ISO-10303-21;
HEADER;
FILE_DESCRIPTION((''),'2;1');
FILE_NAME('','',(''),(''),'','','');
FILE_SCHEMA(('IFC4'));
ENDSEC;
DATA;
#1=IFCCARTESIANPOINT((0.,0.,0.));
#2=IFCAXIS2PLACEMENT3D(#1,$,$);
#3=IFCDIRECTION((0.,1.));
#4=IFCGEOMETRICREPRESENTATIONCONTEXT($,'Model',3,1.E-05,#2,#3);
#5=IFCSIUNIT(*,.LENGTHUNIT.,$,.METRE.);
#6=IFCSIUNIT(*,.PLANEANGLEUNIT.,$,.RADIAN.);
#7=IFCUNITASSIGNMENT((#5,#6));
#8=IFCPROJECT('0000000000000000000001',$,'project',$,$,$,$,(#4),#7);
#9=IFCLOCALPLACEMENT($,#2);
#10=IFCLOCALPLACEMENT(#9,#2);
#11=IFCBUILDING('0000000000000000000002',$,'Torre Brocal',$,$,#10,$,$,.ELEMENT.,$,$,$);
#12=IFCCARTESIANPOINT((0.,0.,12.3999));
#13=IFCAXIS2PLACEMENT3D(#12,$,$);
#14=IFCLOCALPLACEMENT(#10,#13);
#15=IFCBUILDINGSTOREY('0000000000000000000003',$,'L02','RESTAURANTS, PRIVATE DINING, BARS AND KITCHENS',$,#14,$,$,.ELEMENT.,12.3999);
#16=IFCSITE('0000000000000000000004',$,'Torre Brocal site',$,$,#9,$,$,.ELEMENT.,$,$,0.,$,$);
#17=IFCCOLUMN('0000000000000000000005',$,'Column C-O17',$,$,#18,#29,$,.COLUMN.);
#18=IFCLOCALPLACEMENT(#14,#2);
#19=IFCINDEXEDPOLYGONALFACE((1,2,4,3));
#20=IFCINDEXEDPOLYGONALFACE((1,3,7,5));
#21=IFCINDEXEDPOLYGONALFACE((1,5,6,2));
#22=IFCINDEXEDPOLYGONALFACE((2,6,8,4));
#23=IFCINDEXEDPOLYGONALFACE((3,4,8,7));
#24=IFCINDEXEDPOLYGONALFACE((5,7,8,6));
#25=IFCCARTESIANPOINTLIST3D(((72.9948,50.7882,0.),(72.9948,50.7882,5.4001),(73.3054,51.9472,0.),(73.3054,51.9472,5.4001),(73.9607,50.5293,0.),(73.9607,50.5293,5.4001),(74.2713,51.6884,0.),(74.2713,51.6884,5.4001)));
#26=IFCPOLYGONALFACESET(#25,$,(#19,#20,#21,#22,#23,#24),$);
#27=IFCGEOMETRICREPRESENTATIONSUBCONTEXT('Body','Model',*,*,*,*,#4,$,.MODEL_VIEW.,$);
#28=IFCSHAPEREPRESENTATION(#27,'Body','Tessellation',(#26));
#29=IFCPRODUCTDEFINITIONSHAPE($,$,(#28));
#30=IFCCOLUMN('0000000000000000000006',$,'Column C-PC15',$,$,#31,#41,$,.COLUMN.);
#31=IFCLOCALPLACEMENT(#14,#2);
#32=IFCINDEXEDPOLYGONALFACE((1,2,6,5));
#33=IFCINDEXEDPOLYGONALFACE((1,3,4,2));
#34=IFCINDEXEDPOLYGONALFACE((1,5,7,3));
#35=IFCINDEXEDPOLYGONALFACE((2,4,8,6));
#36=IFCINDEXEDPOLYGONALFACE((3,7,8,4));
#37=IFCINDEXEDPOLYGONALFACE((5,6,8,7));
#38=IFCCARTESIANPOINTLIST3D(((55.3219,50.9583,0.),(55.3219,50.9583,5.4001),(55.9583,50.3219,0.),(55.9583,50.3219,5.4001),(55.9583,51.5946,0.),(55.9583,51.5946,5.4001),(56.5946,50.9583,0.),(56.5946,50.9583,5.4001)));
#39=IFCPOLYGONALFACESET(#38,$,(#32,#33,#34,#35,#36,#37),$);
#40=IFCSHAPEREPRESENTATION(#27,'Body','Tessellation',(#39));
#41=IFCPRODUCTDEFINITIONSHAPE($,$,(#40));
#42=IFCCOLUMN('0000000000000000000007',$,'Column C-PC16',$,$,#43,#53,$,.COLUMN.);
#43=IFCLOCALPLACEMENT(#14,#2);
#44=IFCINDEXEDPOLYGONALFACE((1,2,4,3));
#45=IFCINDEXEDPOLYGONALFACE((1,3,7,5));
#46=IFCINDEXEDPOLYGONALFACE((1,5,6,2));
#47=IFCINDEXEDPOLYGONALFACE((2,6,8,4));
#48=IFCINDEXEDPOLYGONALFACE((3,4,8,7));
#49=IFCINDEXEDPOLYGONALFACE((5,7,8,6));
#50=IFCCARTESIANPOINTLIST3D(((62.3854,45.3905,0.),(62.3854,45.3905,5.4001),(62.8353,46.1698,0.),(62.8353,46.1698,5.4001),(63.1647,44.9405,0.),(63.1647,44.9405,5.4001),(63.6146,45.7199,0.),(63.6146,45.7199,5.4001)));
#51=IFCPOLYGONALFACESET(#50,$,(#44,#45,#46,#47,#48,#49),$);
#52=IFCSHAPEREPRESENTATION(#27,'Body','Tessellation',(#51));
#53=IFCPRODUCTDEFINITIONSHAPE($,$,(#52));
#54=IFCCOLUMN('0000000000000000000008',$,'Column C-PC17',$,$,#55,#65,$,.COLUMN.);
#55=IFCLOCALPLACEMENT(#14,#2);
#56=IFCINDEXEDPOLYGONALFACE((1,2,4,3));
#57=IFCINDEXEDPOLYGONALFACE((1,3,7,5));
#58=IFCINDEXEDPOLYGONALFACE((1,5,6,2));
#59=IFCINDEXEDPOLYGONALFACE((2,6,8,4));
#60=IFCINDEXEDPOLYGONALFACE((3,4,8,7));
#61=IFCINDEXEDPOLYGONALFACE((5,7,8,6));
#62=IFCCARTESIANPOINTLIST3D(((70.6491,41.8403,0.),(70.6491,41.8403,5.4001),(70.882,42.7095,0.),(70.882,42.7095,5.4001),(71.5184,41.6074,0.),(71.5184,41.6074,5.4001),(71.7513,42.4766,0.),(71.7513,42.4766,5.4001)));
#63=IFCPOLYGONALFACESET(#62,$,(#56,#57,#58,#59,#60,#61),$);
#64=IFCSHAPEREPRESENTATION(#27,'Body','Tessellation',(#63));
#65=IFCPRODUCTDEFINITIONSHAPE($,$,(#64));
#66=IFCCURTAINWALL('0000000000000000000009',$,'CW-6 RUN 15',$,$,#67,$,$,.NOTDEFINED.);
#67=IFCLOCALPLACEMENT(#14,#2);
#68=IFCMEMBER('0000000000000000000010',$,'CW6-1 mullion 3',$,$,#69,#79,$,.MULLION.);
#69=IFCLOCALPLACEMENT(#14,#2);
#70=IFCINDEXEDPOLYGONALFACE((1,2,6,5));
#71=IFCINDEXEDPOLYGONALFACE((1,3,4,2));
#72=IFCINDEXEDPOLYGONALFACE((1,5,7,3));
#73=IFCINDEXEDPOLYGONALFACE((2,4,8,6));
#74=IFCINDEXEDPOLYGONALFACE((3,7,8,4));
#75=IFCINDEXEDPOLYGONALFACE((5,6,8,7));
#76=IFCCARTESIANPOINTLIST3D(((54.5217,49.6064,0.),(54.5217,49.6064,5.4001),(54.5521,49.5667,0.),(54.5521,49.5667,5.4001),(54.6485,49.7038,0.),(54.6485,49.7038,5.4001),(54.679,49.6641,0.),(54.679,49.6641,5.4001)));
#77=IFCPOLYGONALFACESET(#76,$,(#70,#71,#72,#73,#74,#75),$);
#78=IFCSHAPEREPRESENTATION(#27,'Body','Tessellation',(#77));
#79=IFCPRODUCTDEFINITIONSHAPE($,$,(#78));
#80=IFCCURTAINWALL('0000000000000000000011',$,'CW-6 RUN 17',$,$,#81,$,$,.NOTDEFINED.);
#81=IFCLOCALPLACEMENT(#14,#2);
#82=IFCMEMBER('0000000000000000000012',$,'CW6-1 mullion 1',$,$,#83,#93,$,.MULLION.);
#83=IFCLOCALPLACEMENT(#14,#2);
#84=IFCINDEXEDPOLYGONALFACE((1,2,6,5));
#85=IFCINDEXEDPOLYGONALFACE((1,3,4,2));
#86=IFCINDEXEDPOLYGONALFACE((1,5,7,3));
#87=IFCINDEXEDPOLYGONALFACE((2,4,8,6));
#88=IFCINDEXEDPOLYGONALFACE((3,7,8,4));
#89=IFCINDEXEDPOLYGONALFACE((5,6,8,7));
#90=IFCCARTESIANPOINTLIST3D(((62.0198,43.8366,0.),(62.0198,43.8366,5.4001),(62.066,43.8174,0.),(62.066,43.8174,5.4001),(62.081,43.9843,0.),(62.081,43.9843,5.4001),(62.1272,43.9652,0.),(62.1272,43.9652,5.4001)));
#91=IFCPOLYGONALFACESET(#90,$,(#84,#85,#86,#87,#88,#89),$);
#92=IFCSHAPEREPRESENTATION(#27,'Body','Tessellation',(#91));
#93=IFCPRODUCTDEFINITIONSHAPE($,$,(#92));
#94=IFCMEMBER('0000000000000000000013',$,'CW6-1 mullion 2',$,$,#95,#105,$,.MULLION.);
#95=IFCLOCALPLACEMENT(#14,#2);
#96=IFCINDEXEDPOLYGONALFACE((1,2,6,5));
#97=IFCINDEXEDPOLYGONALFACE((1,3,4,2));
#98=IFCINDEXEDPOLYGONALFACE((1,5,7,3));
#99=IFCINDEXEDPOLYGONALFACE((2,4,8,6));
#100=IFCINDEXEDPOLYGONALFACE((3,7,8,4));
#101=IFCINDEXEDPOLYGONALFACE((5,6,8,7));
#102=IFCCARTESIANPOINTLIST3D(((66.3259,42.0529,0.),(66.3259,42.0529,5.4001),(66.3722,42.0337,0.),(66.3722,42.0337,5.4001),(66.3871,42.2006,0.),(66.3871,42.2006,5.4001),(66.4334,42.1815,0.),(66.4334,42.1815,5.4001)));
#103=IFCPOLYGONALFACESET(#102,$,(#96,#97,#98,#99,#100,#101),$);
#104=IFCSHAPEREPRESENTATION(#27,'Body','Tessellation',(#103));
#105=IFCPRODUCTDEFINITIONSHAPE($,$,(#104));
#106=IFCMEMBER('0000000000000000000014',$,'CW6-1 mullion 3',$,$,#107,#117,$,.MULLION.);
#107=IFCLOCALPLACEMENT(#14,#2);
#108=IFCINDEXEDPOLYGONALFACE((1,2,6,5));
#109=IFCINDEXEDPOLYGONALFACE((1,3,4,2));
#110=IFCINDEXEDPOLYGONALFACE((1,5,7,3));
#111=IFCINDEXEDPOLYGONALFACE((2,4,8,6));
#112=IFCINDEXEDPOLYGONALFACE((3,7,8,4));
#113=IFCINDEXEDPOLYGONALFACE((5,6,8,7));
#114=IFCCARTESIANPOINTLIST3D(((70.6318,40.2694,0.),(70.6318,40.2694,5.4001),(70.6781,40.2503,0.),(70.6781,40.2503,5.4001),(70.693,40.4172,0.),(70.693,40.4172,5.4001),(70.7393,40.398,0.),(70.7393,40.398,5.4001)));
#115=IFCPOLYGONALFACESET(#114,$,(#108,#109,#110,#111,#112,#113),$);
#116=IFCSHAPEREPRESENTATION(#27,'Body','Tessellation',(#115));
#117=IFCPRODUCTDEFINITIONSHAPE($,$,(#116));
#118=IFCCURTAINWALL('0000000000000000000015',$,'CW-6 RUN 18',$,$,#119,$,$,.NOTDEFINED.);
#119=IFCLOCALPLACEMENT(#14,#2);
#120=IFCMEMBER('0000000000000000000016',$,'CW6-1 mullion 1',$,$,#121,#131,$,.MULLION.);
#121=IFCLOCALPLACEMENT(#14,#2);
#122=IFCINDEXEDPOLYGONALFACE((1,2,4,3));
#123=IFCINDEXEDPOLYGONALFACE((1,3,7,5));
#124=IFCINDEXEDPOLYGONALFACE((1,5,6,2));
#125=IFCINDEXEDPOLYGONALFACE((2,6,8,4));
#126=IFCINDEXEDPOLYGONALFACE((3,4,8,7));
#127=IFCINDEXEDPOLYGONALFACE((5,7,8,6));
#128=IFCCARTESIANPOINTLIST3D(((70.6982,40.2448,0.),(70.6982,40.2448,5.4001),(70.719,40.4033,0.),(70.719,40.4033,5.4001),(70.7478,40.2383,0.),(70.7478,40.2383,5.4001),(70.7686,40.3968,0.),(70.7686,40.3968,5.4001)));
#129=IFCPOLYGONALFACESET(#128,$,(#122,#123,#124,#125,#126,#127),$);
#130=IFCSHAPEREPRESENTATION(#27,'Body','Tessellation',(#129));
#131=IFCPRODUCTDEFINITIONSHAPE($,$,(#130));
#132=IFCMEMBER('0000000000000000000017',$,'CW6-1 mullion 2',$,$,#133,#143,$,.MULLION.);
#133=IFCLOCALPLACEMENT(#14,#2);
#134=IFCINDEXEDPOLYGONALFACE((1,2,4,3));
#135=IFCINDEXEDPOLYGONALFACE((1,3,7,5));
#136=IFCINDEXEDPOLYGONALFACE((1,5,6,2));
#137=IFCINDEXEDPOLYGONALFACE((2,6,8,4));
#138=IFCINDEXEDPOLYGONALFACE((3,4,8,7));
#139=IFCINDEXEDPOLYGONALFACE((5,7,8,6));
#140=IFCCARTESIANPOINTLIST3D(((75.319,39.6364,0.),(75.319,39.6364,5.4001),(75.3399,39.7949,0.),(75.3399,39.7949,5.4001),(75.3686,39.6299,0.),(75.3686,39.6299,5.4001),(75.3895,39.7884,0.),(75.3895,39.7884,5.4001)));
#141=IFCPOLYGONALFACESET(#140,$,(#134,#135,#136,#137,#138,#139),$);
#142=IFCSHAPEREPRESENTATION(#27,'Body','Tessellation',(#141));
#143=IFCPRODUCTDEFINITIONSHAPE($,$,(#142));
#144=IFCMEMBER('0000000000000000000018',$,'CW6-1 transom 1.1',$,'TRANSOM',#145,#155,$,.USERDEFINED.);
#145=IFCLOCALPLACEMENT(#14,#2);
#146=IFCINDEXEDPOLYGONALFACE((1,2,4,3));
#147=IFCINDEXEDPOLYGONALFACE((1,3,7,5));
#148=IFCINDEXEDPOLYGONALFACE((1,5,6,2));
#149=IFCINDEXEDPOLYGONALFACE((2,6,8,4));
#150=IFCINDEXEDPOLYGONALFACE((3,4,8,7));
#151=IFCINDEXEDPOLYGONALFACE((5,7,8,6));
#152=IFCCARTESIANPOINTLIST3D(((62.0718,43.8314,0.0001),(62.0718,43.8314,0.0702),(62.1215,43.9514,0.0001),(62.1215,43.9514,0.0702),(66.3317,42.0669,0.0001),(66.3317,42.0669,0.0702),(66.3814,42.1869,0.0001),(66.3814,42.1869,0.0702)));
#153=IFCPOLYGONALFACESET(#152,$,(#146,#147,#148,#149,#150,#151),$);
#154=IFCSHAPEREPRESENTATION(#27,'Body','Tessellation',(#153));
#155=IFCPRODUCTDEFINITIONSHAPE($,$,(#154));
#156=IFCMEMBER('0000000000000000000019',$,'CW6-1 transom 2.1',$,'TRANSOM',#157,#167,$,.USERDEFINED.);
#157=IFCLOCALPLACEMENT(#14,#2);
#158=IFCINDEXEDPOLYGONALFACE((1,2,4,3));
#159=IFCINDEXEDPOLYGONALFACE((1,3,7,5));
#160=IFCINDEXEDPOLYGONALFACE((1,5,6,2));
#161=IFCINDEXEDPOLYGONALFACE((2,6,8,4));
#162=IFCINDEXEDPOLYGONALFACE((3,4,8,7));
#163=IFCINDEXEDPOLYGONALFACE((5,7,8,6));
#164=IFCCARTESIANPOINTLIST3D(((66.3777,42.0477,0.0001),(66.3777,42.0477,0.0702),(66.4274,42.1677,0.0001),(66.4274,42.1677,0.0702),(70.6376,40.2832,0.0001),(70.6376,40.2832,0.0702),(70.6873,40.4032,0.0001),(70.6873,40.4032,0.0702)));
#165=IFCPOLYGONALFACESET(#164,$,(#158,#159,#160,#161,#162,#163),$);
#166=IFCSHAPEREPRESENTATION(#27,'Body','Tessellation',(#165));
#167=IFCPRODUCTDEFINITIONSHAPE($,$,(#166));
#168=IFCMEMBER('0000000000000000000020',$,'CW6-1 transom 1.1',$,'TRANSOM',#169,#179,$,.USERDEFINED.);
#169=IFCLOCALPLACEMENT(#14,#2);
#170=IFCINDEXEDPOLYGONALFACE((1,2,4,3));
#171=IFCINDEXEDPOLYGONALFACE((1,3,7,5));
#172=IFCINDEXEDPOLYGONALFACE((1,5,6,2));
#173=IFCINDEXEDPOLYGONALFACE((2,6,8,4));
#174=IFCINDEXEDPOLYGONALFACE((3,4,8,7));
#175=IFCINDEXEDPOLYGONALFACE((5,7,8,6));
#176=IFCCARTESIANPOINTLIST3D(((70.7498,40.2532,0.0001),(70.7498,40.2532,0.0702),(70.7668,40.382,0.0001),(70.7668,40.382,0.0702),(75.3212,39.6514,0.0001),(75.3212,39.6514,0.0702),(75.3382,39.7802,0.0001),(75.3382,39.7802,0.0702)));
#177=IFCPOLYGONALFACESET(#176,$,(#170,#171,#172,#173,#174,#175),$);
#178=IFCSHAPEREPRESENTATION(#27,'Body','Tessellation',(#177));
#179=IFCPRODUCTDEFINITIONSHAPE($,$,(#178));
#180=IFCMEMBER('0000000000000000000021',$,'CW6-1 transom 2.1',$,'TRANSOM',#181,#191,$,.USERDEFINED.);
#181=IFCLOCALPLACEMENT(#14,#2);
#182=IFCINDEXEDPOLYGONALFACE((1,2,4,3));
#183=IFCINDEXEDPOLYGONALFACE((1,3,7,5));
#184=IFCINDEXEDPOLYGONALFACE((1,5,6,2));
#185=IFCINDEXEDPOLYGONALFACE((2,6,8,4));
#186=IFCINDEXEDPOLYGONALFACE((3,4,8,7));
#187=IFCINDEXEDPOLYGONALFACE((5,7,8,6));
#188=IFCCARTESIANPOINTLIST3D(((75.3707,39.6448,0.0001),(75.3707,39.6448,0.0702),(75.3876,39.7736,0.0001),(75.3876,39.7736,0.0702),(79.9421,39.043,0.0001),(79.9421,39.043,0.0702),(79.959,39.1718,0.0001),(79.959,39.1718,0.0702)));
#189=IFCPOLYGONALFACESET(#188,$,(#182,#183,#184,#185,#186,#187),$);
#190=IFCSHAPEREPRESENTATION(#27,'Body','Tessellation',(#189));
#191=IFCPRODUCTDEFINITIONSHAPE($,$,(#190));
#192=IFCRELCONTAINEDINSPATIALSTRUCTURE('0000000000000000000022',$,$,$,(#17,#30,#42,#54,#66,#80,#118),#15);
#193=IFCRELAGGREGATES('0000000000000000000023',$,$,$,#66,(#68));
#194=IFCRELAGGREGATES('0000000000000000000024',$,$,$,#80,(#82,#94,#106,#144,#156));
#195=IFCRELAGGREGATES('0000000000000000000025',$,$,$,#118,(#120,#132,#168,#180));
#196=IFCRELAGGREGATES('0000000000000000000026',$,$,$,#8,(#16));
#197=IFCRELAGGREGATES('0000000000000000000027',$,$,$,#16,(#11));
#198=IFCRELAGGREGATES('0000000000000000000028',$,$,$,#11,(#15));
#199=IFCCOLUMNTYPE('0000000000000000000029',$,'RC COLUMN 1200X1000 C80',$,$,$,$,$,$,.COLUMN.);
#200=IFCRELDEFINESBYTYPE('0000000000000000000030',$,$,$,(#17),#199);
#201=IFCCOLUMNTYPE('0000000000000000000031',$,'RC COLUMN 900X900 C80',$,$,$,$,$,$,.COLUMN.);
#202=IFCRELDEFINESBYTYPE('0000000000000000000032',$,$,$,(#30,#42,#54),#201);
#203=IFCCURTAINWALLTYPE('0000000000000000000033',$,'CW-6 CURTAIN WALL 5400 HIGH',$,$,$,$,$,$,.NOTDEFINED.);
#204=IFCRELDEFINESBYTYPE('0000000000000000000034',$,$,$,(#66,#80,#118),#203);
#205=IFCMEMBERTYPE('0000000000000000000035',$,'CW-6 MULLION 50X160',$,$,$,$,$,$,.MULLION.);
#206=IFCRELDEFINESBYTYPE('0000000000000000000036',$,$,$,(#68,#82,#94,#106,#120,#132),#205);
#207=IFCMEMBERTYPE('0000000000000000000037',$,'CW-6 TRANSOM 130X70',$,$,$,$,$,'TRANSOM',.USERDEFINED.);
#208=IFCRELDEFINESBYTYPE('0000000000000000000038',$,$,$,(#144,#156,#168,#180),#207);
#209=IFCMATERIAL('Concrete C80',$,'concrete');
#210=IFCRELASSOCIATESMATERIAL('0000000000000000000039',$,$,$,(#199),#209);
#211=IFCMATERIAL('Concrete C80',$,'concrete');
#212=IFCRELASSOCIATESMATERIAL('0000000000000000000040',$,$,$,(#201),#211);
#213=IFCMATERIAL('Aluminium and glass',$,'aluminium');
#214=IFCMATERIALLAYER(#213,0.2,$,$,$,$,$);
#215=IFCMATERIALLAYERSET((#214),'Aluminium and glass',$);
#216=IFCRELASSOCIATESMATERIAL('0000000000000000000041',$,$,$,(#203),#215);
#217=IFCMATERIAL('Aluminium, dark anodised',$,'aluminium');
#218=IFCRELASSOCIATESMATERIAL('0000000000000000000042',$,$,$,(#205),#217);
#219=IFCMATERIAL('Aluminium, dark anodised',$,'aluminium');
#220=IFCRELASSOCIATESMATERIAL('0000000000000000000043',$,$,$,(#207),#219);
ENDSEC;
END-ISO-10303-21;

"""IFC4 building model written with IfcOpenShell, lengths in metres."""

from ifc_helpers import new_model, si_unit, direction, frame, origin, origin_2d, place, context, subcontext, project, spatial, rectangle, extrude, material, layer, layer_set, material_profile, profile_set, type_object, element, aggregate, save


model = new_model("IFC4")

# Units and contexts
model_context = context("Model", 3, precision=1e-05, world=origin(), true_north=direction((0.0, 1.0)))
body_context = subcontext(model_context, "Body", "Model", "MODEL_VIEW")
ifc_project = project(units=[si_unit("LENGTHUNIT", "METRE"), si_unit("PLANEANGLEUNIT", "RADIAN")], contexts=[model_context])

# Site, building, storey
site_placement = place(None, origin())
site = spatial("IfcSite", under=ifc_project, at=site_placement, Name="Torre Brocal site", CompositionType="ELEMENT", RefElevation=0.0)
building_placement = place(site_placement, origin())
building = spatial("IfcBuilding", under=site, at=building_placement, Name="Torre Brocal", CompositionType="ELEMENT")
storey_placement = place(building_placement, frame((0.0, 0.0, 12.3999)))
storey = spatial("IfcBuildingStorey", under=building, at=storey_placement, Name="L02", Description="RESTAURANTS, PRIVATE DINING, BARS AND KITCHENS", CompositionType="ELEMENT", Elevation=12.3999)

# Columns
ifc_material_1 = material(Name="Concrete C80", Category="concrete")
ifc_material_profile_1 = material_profile(ifc_material_1, rectangle(XDim=1.2, YDim=1.0, at=origin_2d()), Name="RC 1200X1000")
ifc_profile_set_1 = profile_set([ifc_material_profile_1], Name="Concrete C80")
column_type_1 = type_object("IfcColumnType", Name="RC COLUMN 1200X1000 C80", PredefinedType="COLUMN", material=ifc_profile_set_1)
column_placement = place(storey_placement, frame((73.6331, 51.2383, 0.0), z_axis=(0.0, 0.0, 1.0), x_axis=(-0.258819, -0.965926, 0.0)))
element("IfcColumn", 1, at=column_placement, inside=storey, type_object=column_type_1, Name="Column C-O17", PredefinedType="COLUMN", context=body_context, shape_type="SweptSolid", body=[
    extrude(rectangle(XDim=1.2, YDim=1.0, at=origin_2d()), origin(), (0.0, 0.0, 1.0), 5.4001),
])
ifc_material_2 = material(Name="Concrete C80", Category="concrete")
ifc_material_profile_2 = material_profile(ifc_material_2, rectangle(XDim=0.8999, YDim=0.8999, at=origin_2d()), Name="RC 900X900")
ifc_profile_set_2 = profile_set([ifc_material_profile_2], Name="Concrete C80")
column_type_2 = type_object("IfcColumnType", Name="RC COLUMN 900X900 C80", PredefinedType="COLUMN", material=ifc_profile_set_2)
for number, where, z_axis, x_axis, name in (
    (2, (55.9583, 50.9583, 0.0), (0.0, 0.0, 1.0), (-0.707107, -0.707107, 0.0), "Column C-PC15"),
    (3, (63.0, 45.5552, 0.0), (0.0, 0.0, 1.0), (-0.5, -0.866025, 0.0), "Column C-PC16"),
    (4, (71.2002, 42.1584, 0.0), (0.0, 0.0, 1.0), (-0.258819, -0.965926, 0.0), "Column C-PC17"),
):
    element("IfcColumn", number, at=place(storey_placement, frame(where, z_axis=z_axis, x_axis=x_axis)), inside=storey, type_object=column_type_2, Name=name, PredefinedType="COLUMN", context=body_context, shape_type="SweptSolid", body=[
        extrude(rectangle(XDim=0.8999, YDim=0.8999, at=origin_2d()), origin(), (0.0, 0.0, 1.0), 5.4001),
    ])

# Curtain wall, member
ifc_material_3 = material(Name="Aluminium and glass", Category="aluminium")
ifc_layer_1 = layer(ifc_material_3, 0.2)
ifc_layer_set_1 = layer_set([ifc_layer_1], Name="Aluminium and glass")
curtain_wall_type = type_object("IfcCurtainWallType", Name="CW-6 CURTAIN WALL 5400 HIGH", PredefinedType="NOTDEFINED", material=ifc_layer_set_1)
curtain_wall_1_placement = place(storey_placement, origin())
curtain_wall_1 = element("IfcCurtainWall", 5, at=curtain_wall_1_placement, inside=storey, type_object=curtain_wall_type, Name="CW-6 RUN 15", PredefinedType="NOTDEFINED")
ifc_material_4 = material(Name="Aluminium, dark anodised", Category="aluminium")
ifc_material_profile_3 = material_profile(ifc_material_4, rectangle(XDim=0.1599, YDim=0.05, at=origin_2d()), Name="CW-6 MULLION 50X160")
ifc_profile_set_3 = profile_set([ifc_material_profile_3], Name="Aluminium, dark anodised")
member_type_1 = type_object("IfcMemberType", Name="CW-6 MULLION 50X160", PredefinedType="MULLION", material=ifc_profile_set_3)
member_1_placement = place(storey_placement, frame((54.6003, 49.6353, 0.0), z_axis=(0.0, 0.0, 1.0), x_axis=(0.793353, 0.608761, 0.0)))
member_1 = element("IfcMember", 6, at=member_1_placement, type_object=member_type_1, Name="CW6-1 mullion 3", PredefinedType="MULLION", context=body_context, shape_type="SweptSolid", body=[
    extrude(rectangle(XDim=0.1599, YDim=0.05, at=origin_2d()), origin(), (0.0, 0.0, 1.0), 5.4001),
])
aggregate(curtain_wall_1, [member_1])

# Curtain walls, members
curtain_wall_2_placement = place(storey_placement, origin())
curtain_wall_2 = element("IfcCurtainWall", 7, at=curtain_wall_2_placement, inside=storey, type_object=curtain_wall_type, Name="CW-6 RUN 17", PredefinedType="NOTDEFINED")
member_2_placement = place(storey_placement, frame((62.0735, 43.9009, 0.0), z_axis=(0.0, 0.0, 1.0), x_axis=(0.382683, 0.92388, 0.0)))
member_2 = element("IfcMember", 8, at=member_2_placement, type_object=member_type_1, Name="CW6-1 mullion 1", PredefinedType="MULLION", context=body_context, shape_type="SweptSolid", body=[
    extrude(rectangle(XDim=0.1599, YDim=0.05, at=origin_2d()), origin(), (0.0, 0.0, 1.0), 5.4001),
])
member_3_placement = place(storey_placement, frame((66.3796, 42.1172, 0.0), z_axis=(0.0, 0.0, 1.0), x_axis=(0.382683, 0.92388, 0.0)))
member_3 = element("IfcMember", 9, at=member_3_placement, type_object=member_type_1, Name="CW6-1 mullion 2", PredefinedType="MULLION", context=body_context, shape_type="SweptSolid", body=[
    extrude(rectangle(XDim=0.1599, YDim=0.05, at=origin_2d()), origin(), (0.0, 0.0, 1.0), 5.4001),
])
member_4_placement = place(storey_placement, frame((70.6855, 40.3337, 0.0), z_axis=(0.0, 0.0, 1.0), x_axis=(0.382683, 0.92388, 0.0)))
member_4 = element("IfcMember", 10, at=member_4_placement, type_object=member_type_1, Name="CW6-1 mullion 3", PredefinedType="MULLION", context=body_context, shape_type="SweptSolid", body=[
    extrude(rectangle(XDim=0.1599, YDim=0.05, at=origin_2d()), origin(), (0.0, 0.0, 1.0), 5.4001),
])
curtain_wall_3_placement = place(storey_placement, origin())
curtain_wall_3 = element("IfcCurtainWall", 11, at=curtain_wall_3_placement, inside=storey, type_object=curtain_wall_type, Name="CW-6 RUN 18", PredefinedType="NOTDEFINED")
member_5_placement = place(storey_placement, frame((70.7334, 40.3208, 0.0), z_axis=(0.0, 0.0, 1.0), x_axis=(0.130526, 0.991445, 0.0)))
member_5 = element("IfcMember", 12, at=member_5_placement, type_object=member_type_1, Name="CW6-1 mullion 1", PredefinedType="MULLION", context=body_context, shape_type="SweptSolid", body=[
    extrude(rectangle(XDim=0.1599, YDim=0.05, at=origin_2d()), origin(), (0.0, 0.0, 1.0), 5.4001),
])
member_6_placement = place(storey_placement, frame((75.3542, 39.7124, 0.0), z_axis=(0.0, 0.0, 1.0), x_axis=(0.130526, 0.991445, 0.0)))
member_6 = element("IfcMember", 13, at=member_6_placement, type_object=member_type_1, Name="CW6-1 mullion 2", PredefinedType="MULLION", context=body_context, shape_type="SweptSolid", body=[
    extrude(rectangle(XDim=0.1599, YDim=0.05, at=origin_2d()), origin(), (0.0, 0.0, 1.0), 5.4001),
])

# Members
ifc_material_5 = material(Name="Aluminium, dark anodised", Category="aluminium")
ifc_material_profile_4 = material_profile(ifc_material_5, rectangle(XDim=0.1299, YDim=0.0701, at=origin_2d()), Name="CW-6 TRANSOM 130X70")
ifc_profile_set_4 = profile_set([ifc_material_profile_4], Name="Aluminium, dark anodised")
member_type_2 = type_object("IfcMemberType", Name="CW-6 TRANSOM 130X70", ElementType="TRANSOM", PredefinedType="USERDEFINED", material=ifc_profile_set_4)
member_7_placement = place(storey_placement, frame((62.0967, 43.8914, 0.0352), z_axis=(0.923883, -0.382674, 0.0), x_axis=(0.382674, 0.923883, 0.0)))
member_7 = element("IfcMember", 14, at=member_7_placement, type_object=member_type_2, Name="CW6-1 transom 1.1", ObjectType="TRANSOM", PredefinedType="USERDEFINED", context=body_context, shape_type="SweptSolid", body=[
    extrude(rectangle(XDim=0.1299, YDim=0.0701, at=origin_2d()), origin(), (0.0, 0.0, 1.0), 4.6108),
])
member_8_placement = place(storey_placement, frame((66.4026, 42.1077, 0.0352), z_axis=(0.923883, -0.382674, 0.0), x_axis=(0.382674, 0.923883, 0.0)))
member_8 = element("IfcMember", 15, at=member_8_placement, type_object=member_type_2, Name="CW6-1 transom 2.1", ObjectType="TRANSOM", PredefinedType="USERDEFINED", context=body_context, shape_type="SweptSolid", body=[
    extrude(rectangle(XDim=0.1299, YDim=0.0701, at=origin_2d()), origin(), (0.0, 0.0, 1.0), 4.6108),
])
member_9_placement = place(storey_placement, frame((70.7583, 40.3176, 0.0352), z_axis=(0.991445, -0.130523, 0.0), x_axis=(0.130523, 0.991445, 0.0)))
member_9 = element("IfcMember", 16, at=member_9_placement, type_object=member_type_2, Name="CW6-1 transom 1.1", ObjectType="TRANSOM", PredefinedType="USERDEFINED", context=body_context, shape_type="SweptSolid", body=[
    extrude(rectangle(XDim=0.1299, YDim=0.0701, at=origin_2d()), origin(), (0.0, 0.0, 1.0), 4.6108),
])
member_10_placement = place(storey_placement, frame((75.3792, 39.7092, 0.0352), z_axis=(0.991445, -0.130523, 0.0), x_axis=(0.130523, 0.991445, 0.0)))
member_10 = element("IfcMember", 17, at=member_10_placement, type_object=member_type_2, Name="CW6-1 transom 2.1", ObjectType="TRANSOM", PredefinedType="USERDEFINED", context=body_context, shape_type="SweptSolid", body=[
    extrude(rectangle(XDim=0.1299, YDim=0.0701, at=origin_2d()), origin(), (0.0, 0.0, 1.0), 4.6108),
])

aggregate(curtain_wall_2, [member_2, member_3, member_4, member_7, member_8])
aggregate(curtain_wall_3, [member_5, member_6, member_9, member_10])

save(model, "model.ifc")
